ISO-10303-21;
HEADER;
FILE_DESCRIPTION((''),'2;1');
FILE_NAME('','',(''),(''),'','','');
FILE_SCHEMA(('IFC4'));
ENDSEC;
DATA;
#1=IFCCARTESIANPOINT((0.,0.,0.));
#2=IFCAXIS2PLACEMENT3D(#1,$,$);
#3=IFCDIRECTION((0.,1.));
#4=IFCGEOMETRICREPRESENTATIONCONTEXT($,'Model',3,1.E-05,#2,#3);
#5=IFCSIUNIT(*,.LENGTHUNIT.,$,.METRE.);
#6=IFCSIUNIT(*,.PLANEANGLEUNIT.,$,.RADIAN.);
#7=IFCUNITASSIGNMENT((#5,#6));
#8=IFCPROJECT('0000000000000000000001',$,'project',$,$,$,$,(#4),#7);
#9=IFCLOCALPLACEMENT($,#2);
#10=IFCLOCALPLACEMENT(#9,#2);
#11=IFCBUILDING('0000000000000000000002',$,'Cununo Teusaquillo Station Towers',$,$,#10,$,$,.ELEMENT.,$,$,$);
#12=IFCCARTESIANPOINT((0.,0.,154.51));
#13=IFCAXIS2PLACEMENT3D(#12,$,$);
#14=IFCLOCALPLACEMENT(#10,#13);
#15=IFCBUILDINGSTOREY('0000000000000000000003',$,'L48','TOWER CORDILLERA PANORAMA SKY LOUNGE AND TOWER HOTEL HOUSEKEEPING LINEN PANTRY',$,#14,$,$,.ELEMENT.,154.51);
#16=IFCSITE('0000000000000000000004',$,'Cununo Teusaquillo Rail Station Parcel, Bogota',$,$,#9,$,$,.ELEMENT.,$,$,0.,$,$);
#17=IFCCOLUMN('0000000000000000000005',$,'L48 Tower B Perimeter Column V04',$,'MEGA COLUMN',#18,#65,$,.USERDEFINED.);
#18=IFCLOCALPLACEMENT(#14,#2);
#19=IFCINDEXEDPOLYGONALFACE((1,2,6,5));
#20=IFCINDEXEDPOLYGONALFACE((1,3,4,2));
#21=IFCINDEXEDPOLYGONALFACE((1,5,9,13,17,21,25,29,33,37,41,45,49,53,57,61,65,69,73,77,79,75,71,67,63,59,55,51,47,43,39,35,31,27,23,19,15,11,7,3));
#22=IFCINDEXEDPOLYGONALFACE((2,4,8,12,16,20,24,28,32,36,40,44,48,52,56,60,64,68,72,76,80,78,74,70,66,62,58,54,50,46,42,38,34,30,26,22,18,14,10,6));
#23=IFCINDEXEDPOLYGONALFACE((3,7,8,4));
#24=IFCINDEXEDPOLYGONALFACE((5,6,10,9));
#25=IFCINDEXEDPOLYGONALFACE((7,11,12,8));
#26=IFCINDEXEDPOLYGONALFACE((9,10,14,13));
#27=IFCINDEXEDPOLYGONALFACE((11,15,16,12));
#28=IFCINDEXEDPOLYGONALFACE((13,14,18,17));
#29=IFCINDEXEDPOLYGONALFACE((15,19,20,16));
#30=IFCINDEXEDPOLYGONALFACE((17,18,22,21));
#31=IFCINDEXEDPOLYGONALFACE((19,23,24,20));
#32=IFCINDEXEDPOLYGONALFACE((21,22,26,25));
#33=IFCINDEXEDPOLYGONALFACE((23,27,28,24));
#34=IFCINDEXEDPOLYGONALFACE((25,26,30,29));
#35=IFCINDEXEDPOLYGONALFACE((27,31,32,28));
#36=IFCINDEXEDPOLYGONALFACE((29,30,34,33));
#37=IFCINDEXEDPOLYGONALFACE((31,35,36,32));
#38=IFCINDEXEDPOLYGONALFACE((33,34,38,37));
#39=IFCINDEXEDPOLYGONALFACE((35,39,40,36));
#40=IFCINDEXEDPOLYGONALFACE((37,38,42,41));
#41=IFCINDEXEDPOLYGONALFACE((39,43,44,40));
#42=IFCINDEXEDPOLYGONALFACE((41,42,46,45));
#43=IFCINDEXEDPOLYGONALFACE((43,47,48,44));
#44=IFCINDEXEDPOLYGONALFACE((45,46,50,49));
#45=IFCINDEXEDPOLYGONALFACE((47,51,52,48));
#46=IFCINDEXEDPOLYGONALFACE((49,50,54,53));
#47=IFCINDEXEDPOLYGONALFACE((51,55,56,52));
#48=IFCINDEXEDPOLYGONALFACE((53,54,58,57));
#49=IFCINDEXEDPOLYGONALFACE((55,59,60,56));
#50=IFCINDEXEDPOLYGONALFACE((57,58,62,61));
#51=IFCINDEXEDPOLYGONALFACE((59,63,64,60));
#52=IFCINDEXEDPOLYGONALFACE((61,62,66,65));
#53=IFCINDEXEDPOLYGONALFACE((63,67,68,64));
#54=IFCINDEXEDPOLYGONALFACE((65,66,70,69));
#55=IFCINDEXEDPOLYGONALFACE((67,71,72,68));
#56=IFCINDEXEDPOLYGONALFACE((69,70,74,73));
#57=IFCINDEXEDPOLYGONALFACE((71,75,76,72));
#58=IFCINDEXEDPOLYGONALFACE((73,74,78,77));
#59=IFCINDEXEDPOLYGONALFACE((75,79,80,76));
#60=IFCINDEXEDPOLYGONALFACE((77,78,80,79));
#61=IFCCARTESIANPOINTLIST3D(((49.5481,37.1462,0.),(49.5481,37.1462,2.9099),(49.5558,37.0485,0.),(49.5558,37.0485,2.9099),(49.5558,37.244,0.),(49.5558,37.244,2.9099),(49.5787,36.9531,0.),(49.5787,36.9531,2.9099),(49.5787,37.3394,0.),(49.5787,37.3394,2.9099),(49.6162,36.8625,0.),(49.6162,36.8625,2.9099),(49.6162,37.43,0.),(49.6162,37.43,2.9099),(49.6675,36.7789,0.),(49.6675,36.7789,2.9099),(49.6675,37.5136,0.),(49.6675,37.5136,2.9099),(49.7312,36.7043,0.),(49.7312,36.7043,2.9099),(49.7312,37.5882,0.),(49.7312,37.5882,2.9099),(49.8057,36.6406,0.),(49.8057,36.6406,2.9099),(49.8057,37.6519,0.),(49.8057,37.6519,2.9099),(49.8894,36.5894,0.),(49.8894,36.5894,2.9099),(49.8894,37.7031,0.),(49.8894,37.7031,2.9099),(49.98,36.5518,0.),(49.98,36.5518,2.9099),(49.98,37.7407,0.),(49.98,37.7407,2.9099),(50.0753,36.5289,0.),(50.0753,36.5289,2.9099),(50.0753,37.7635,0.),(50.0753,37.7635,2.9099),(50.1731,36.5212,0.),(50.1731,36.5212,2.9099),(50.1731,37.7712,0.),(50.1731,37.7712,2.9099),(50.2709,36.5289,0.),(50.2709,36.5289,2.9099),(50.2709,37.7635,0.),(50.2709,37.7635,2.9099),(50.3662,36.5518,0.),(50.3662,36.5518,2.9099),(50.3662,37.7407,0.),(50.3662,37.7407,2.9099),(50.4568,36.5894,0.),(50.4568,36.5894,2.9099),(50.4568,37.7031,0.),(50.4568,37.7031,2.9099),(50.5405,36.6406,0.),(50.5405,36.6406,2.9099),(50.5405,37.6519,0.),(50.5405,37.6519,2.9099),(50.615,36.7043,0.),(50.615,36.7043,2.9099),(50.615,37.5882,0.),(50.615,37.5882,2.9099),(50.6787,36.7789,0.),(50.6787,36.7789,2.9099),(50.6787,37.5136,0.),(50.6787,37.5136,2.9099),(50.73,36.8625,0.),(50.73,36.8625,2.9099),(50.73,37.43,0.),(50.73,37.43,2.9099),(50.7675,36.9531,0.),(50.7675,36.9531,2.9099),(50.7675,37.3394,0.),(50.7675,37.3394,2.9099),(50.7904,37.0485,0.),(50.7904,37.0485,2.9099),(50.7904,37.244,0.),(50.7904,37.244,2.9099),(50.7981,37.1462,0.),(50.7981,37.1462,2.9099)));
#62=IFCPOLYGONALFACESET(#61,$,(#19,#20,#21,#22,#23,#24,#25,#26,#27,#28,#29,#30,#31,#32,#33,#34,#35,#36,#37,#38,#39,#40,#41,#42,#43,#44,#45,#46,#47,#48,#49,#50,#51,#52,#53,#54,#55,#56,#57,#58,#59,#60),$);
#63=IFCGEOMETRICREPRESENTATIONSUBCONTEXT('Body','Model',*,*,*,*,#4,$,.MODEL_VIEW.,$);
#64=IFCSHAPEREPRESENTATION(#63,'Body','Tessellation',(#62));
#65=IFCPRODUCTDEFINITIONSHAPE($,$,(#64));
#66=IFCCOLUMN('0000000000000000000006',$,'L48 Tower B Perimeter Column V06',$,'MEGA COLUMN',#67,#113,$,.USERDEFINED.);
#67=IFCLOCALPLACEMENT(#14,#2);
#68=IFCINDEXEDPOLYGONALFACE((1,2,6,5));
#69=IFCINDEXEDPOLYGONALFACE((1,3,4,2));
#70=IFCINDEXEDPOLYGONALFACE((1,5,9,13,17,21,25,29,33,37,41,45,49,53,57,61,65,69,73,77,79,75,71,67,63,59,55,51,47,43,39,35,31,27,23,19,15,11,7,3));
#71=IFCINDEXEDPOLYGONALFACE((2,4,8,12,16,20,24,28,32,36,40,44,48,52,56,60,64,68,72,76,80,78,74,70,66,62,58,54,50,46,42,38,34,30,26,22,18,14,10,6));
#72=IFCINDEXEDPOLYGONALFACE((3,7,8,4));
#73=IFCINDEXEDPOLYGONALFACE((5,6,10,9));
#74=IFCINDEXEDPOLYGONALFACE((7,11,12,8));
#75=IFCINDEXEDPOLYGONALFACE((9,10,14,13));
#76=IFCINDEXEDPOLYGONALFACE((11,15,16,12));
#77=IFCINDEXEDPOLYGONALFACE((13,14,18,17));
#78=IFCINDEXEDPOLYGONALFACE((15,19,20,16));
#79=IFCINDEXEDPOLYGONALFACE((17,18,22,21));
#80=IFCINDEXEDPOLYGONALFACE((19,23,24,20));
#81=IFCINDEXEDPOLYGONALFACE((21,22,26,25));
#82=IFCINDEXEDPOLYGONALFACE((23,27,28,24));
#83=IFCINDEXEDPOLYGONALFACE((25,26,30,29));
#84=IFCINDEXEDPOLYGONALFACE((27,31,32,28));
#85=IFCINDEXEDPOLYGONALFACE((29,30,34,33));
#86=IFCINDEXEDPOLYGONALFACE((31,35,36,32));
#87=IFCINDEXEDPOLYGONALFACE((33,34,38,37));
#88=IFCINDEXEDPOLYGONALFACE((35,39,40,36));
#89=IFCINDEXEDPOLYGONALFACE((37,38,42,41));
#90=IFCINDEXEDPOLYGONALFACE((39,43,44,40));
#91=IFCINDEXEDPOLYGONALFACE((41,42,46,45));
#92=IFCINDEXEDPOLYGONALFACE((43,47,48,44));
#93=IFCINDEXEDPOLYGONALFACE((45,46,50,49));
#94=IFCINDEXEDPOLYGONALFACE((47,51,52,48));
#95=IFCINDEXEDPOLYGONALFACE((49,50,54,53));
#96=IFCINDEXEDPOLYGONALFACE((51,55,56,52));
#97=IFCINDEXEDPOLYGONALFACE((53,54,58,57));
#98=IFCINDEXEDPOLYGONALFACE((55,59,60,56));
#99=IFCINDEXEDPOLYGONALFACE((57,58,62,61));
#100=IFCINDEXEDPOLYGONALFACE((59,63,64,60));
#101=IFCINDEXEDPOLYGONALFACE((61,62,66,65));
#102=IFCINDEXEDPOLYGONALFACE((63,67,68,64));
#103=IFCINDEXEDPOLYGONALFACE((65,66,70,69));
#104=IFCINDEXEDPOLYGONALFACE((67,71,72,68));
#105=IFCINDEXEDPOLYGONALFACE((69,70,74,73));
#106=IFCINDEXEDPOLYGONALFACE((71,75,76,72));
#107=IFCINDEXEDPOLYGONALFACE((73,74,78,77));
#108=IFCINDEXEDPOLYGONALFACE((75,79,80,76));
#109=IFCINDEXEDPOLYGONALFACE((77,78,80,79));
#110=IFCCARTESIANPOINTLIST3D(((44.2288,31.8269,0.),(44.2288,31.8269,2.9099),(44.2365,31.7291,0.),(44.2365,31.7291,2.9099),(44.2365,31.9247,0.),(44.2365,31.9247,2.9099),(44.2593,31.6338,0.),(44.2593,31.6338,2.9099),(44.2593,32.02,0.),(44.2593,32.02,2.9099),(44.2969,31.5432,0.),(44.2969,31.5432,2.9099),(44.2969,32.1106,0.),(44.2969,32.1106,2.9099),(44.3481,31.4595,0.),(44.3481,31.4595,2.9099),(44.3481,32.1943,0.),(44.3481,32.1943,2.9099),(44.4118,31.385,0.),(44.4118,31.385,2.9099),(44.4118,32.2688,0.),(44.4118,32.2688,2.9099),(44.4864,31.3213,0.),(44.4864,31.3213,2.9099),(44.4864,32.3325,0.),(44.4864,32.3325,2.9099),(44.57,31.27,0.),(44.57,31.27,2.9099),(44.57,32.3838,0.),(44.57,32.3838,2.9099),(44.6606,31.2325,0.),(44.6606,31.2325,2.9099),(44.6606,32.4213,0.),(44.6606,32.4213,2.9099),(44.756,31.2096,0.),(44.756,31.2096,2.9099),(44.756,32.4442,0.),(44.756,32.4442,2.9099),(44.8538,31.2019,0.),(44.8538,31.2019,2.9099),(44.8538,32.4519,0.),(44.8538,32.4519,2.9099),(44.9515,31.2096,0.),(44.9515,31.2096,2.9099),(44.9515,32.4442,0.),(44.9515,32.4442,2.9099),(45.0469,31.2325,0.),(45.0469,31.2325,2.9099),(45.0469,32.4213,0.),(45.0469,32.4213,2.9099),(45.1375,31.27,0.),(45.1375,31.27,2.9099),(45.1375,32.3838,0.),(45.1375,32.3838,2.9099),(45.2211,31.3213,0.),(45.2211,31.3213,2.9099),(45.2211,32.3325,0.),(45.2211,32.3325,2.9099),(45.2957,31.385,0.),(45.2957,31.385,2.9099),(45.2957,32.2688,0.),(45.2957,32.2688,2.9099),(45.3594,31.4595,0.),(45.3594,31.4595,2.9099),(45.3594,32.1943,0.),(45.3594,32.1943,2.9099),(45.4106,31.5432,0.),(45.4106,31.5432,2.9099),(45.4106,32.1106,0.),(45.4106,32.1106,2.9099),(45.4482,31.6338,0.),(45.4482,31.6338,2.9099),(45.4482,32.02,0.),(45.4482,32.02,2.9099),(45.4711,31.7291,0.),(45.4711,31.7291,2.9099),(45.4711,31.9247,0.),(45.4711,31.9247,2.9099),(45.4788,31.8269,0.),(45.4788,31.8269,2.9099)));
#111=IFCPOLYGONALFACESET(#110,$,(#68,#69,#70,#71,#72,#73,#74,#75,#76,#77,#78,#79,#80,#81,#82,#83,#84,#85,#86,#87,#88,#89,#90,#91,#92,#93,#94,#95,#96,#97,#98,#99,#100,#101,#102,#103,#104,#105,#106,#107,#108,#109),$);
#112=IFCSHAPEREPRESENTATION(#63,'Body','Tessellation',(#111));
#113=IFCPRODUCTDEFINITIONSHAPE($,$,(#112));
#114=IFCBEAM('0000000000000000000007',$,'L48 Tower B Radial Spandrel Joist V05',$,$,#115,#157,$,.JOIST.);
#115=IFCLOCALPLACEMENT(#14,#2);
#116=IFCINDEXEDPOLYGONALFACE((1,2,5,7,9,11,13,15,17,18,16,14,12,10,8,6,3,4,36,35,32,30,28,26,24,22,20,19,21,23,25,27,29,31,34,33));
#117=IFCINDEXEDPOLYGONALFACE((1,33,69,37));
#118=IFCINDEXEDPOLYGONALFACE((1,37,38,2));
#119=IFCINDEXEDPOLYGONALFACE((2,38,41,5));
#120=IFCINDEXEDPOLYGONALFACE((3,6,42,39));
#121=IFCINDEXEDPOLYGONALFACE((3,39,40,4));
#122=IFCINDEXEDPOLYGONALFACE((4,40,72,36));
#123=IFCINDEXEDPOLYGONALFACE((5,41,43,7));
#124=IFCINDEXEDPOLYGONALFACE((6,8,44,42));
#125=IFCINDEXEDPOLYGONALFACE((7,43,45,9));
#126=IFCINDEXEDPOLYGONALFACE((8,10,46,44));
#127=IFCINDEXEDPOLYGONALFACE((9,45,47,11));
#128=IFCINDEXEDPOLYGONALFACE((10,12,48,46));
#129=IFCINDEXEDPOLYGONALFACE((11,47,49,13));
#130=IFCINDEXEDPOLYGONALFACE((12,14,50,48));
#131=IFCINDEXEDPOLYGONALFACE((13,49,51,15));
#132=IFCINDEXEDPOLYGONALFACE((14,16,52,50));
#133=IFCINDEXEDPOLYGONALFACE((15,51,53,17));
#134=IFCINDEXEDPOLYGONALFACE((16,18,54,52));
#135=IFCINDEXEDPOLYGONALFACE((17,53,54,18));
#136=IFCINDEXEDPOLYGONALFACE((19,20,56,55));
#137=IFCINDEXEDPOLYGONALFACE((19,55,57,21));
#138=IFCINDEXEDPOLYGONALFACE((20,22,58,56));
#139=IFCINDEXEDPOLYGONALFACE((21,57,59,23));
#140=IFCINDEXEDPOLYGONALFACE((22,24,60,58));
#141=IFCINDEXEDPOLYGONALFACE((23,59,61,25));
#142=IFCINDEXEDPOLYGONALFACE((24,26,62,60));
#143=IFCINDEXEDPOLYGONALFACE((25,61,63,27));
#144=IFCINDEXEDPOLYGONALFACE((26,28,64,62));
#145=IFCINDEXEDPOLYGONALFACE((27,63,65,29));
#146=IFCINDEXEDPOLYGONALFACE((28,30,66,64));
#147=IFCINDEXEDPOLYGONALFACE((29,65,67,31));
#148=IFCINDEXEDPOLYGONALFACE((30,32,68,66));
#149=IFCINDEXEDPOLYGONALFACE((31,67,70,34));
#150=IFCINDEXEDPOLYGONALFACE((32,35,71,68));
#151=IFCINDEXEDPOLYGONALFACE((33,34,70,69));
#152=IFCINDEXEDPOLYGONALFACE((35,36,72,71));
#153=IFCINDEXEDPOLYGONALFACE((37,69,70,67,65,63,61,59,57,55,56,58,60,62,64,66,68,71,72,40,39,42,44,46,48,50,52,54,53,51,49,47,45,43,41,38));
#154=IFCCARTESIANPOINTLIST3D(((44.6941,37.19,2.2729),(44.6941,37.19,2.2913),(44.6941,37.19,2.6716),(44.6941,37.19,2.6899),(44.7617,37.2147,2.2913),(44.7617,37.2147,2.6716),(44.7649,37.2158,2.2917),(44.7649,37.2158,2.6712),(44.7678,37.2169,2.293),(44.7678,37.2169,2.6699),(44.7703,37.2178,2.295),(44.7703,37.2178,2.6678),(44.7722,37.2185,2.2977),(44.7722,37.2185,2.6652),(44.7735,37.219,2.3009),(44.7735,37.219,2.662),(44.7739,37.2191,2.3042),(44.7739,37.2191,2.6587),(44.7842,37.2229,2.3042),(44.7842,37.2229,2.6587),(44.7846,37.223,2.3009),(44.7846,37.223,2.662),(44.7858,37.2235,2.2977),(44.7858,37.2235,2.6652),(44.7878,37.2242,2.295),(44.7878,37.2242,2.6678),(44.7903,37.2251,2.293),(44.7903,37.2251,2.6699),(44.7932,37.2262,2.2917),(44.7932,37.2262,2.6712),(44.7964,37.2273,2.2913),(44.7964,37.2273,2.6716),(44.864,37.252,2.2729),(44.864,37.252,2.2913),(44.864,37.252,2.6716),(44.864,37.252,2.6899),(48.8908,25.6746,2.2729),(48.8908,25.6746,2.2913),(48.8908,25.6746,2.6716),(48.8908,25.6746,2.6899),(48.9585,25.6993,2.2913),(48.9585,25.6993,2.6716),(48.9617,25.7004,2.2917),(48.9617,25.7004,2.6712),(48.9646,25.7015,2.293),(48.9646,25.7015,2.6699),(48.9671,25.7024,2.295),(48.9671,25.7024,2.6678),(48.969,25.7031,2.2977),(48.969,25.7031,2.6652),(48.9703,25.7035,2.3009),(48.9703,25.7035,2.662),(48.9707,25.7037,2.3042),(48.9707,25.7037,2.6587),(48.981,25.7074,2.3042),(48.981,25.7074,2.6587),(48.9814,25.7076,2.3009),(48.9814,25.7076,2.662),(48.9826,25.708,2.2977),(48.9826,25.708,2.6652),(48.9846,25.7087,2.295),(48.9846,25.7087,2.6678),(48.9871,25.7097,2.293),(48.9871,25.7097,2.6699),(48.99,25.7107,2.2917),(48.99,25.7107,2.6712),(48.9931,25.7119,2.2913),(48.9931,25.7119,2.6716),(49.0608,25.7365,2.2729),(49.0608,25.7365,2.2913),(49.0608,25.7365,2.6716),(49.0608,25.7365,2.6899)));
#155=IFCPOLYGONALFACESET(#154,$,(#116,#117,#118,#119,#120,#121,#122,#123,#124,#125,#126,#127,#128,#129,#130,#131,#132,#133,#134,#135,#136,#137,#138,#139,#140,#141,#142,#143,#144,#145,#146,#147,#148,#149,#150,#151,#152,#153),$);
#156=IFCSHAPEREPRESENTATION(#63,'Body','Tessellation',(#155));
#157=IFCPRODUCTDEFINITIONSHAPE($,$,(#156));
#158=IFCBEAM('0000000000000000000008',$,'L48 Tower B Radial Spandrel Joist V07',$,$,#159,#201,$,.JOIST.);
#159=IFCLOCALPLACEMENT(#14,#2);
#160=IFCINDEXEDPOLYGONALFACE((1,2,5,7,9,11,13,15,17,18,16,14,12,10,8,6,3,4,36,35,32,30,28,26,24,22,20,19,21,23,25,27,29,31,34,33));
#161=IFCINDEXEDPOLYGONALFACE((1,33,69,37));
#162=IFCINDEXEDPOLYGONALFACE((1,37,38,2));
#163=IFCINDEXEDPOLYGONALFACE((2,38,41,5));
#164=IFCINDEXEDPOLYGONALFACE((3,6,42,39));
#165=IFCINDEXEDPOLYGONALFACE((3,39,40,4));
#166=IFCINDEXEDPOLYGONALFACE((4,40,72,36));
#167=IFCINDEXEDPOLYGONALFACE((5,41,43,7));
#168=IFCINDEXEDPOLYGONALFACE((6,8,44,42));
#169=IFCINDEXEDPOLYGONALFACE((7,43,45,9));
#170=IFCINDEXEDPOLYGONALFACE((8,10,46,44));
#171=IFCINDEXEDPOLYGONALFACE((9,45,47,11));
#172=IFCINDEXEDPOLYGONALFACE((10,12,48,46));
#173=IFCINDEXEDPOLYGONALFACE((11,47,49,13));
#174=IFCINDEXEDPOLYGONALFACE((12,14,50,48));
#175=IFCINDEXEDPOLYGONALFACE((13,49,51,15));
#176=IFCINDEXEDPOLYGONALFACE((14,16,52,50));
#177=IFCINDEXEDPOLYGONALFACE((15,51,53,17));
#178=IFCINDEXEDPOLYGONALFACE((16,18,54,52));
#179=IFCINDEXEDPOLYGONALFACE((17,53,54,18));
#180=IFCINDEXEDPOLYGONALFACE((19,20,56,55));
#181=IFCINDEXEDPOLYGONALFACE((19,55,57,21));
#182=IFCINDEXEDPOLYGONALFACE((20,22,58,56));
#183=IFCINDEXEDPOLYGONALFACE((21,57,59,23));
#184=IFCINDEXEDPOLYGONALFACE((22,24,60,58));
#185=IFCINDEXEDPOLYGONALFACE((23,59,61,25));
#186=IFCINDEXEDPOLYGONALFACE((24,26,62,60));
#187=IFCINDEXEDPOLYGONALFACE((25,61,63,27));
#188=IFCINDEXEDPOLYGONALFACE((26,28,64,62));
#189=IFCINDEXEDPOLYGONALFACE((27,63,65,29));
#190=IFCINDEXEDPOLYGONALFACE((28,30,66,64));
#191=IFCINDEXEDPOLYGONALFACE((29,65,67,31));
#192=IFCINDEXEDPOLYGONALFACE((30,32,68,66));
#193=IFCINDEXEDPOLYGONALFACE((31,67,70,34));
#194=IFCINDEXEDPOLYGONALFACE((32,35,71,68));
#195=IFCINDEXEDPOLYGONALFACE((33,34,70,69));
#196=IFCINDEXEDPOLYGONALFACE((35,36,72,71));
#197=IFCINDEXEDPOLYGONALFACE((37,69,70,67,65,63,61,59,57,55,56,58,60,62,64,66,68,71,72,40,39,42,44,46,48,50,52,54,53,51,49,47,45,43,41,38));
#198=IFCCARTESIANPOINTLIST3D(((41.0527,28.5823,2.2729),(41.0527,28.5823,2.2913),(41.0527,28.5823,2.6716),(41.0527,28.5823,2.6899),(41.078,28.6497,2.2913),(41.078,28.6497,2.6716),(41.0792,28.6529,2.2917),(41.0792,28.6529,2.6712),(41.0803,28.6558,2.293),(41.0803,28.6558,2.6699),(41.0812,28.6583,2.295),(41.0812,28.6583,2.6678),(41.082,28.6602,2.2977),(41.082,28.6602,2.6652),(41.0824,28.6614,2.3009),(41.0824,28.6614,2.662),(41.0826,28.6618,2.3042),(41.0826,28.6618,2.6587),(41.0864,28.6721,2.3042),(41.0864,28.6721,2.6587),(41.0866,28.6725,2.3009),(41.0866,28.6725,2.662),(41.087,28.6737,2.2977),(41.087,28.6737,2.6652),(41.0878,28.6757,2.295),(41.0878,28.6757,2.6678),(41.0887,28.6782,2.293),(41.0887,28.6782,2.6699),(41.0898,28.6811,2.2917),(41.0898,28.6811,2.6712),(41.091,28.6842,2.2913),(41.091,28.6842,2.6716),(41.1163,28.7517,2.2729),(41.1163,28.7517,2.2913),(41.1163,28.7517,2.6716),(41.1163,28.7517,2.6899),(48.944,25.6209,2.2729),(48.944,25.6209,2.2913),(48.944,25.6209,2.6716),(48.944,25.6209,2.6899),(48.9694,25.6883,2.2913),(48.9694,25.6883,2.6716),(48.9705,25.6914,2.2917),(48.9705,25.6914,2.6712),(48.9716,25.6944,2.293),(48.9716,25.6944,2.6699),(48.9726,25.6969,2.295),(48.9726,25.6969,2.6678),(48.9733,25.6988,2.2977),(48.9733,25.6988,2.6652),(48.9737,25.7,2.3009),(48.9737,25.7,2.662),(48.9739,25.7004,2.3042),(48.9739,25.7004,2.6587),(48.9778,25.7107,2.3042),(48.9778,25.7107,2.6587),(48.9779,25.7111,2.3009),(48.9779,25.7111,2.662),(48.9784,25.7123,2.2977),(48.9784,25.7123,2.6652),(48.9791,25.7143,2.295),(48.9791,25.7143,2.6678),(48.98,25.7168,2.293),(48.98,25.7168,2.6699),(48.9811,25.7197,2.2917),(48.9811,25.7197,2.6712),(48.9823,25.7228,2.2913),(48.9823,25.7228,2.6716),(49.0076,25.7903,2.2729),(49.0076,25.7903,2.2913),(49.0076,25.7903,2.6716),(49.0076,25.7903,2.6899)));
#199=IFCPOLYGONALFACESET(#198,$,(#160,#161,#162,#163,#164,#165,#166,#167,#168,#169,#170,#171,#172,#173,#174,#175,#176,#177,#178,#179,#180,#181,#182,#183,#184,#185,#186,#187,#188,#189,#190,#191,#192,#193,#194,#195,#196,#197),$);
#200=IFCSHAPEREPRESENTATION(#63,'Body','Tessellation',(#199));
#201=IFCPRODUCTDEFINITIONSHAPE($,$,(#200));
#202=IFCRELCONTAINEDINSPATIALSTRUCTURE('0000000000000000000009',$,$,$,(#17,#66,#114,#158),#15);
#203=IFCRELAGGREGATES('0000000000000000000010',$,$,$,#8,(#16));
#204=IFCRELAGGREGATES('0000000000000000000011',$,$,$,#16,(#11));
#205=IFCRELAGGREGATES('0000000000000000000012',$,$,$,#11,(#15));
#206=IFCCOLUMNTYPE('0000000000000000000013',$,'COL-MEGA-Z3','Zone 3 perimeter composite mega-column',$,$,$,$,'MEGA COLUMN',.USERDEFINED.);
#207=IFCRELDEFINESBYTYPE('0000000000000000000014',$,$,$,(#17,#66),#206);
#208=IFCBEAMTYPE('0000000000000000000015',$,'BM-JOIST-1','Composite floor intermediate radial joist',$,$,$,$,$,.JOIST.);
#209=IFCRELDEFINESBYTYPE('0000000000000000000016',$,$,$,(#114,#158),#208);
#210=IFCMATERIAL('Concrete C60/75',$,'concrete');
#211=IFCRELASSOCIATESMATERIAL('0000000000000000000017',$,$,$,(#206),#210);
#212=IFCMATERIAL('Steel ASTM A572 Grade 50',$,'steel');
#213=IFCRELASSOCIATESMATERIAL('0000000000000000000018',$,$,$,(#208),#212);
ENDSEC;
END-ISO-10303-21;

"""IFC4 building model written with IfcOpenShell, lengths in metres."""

from ifc_helpers import new_model, si_unit, direction, frame, origin, origin_2d, place, context, subcontext, project, spatial, circle, i_section, extrude, material, material_profile, profile_set, type_object, element, save


model = new_model("IFC4")

# Units and contexts
model_context = context("Model", 3, precision=1e-05, world=origin(), true_north=direction((0.0, 1.0)))
body_context = subcontext(model_context, "Body", "Model", "MODEL_VIEW")
ifc_project = project(units=[si_unit("LENGTHUNIT", "METRE"), si_unit("PLANEANGLEUNIT", "RADIAN")], contexts=[model_context])

# Site, building, storey
site_placement = place(None, origin())
site = spatial("IfcSite", under=ifc_project, at=site_placement, Name="Cununo Teusaquillo Rail Station Parcel, Bogota", CompositionType="ELEMENT", RefElevation=0.0)
building_placement = place(site_placement, origin())
building = spatial("IfcBuilding", under=site, at=building_placement, Name="Cununo Teusaquillo Station Towers", CompositionType="ELEMENT")
storey_placement = place(building_placement, frame((0.0, 0.0, 154.51)))
storey = spatial("IfcBuildingStorey", under=building, at=storey_placement, Name="L48", Description="TOWER CORDILLERA PANORAMA SKY LOUNGE AND TOWER HOTEL HOUSEKEEPING LINEN PANTRY", CompositionType="ELEMENT", Elevation=154.51)

# Columns
ifc_material_1 = material(Name="Concrete C60/75", Category="concrete")
ifc_material_profile_1 = material_profile(ifc_material_1, circle(Radius=0.625, at=origin_2d()), Name="RC-CIRC-1250")
ifc_profile_set_1 = profile_set([ifc_material_profile_1], Name="Concrete C60/75")
column_type = type_object("IfcColumnType", Name="COL-MEGA-Z3", Description="Zone 3 perimeter composite mega-column", ElementType="MEGA COLUMN", PredefinedType="USERDEFINED", material=ifc_profile_set_1)
for number, where, z_axis, x_axis, name in (
    (1, (50.1731, 37.1462, 0.0), (0.0, 0.0, 1.0), (1.0, 0.0, 0.0), "L48 Tower B Perimeter Column V04"),
    (2, (44.8538, 31.8269, 0.0), (0.0, 0.0, 1.0), (1.0, 0.0, 0.0), "L48 Tower B Perimeter Column V06"),
):
    element("IfcColumn", number, at=place(storey_placement, frame(where, z_axis=z_axis, x_axis=x_axis)), inside=storey, type_object=column_type, Name=name, ObjectType="MEGA COLUMN", PredefinedType="USERDEFINED", context=body_context, shape_type="SweptSolid", body=[
        extrude(circle(Radius=0.625, at=origin_2d()), origin(), (0.0, 0.0, 1.0), 2.9099),
    ])

# Beams
ifc_material_2 = material(Name="Steel ASTM A572 Grade 50", Category="steel")
ifc_material_profile_2 = material_profile(ifc_material_2, i_section(OverallWidth=0.1809, OverallDepth=0.417, WebThickness=0.011, FlangeThickness=0.0183, FilletRadius=0.0129, at=origin_2d()), Name="W16X57")
ifc_profile_set_2 = profile_set([ifc_material_profile_2], Name="Steel ASTM A572 Grade 50")
beam_type_1 = type_object("IfcBeamType", Name="BM-JOIST-1", Description="Composite floor intermediate radial joist", PredefinedType="JOIST", material=ifc_profile_set_2)
beam_1_placement = place(storey_placement, frame((48.9758, 25.7056, 2.4814), z_axis=(-0.342418, 0.939548, 0.0), x_axis=(-0.939548, -0.342418, 0.0)))
element("IfcBeam", 3, at=beam_1_placement, inside=storey, type_object=beam_type_1, Name="L48 Tower B Radial Spandrel Joist V05", PredefinedType="JOIST", context=body_context, shape_type="SweptSolid", body=[
    extrude(i_section(OverallWidth=0.1809, OverallDepth=0.417, WebThickness=0.011, FlangeThickness=0.0183, FilletRadius=0.0129, at=origin_2d()), origin(), (0.0, 0.0, 1.0), 12.2563),
])
beam_2_placement = place(storey_placement, frame((48.9758, 25.7056, 2.4814), z_axis=(-0.936245, 0.351349, 0.0), x_axis=(-0.351349, -0.936245, 0.0)))
element("IfcBeam", 4, at=beam_2_placement, inside=storey, type_object=beam_type_1, Name="L48 Tower B Radial Spandrel Joist V07", PredefinedType="JOIST", context=body_context, shape_type="SweptSolid", body=[
    extrude(i_section(OverallWidth=0.1809, OverallDepth=0.417, WebThickness=0.011, FlangeThickness=0.0183, FilletRadius=0.0129, at=origin_2d()), origin(), (0.0, 0.0, 1.0), 8.4287),
])

save(model, "model.ifc")
